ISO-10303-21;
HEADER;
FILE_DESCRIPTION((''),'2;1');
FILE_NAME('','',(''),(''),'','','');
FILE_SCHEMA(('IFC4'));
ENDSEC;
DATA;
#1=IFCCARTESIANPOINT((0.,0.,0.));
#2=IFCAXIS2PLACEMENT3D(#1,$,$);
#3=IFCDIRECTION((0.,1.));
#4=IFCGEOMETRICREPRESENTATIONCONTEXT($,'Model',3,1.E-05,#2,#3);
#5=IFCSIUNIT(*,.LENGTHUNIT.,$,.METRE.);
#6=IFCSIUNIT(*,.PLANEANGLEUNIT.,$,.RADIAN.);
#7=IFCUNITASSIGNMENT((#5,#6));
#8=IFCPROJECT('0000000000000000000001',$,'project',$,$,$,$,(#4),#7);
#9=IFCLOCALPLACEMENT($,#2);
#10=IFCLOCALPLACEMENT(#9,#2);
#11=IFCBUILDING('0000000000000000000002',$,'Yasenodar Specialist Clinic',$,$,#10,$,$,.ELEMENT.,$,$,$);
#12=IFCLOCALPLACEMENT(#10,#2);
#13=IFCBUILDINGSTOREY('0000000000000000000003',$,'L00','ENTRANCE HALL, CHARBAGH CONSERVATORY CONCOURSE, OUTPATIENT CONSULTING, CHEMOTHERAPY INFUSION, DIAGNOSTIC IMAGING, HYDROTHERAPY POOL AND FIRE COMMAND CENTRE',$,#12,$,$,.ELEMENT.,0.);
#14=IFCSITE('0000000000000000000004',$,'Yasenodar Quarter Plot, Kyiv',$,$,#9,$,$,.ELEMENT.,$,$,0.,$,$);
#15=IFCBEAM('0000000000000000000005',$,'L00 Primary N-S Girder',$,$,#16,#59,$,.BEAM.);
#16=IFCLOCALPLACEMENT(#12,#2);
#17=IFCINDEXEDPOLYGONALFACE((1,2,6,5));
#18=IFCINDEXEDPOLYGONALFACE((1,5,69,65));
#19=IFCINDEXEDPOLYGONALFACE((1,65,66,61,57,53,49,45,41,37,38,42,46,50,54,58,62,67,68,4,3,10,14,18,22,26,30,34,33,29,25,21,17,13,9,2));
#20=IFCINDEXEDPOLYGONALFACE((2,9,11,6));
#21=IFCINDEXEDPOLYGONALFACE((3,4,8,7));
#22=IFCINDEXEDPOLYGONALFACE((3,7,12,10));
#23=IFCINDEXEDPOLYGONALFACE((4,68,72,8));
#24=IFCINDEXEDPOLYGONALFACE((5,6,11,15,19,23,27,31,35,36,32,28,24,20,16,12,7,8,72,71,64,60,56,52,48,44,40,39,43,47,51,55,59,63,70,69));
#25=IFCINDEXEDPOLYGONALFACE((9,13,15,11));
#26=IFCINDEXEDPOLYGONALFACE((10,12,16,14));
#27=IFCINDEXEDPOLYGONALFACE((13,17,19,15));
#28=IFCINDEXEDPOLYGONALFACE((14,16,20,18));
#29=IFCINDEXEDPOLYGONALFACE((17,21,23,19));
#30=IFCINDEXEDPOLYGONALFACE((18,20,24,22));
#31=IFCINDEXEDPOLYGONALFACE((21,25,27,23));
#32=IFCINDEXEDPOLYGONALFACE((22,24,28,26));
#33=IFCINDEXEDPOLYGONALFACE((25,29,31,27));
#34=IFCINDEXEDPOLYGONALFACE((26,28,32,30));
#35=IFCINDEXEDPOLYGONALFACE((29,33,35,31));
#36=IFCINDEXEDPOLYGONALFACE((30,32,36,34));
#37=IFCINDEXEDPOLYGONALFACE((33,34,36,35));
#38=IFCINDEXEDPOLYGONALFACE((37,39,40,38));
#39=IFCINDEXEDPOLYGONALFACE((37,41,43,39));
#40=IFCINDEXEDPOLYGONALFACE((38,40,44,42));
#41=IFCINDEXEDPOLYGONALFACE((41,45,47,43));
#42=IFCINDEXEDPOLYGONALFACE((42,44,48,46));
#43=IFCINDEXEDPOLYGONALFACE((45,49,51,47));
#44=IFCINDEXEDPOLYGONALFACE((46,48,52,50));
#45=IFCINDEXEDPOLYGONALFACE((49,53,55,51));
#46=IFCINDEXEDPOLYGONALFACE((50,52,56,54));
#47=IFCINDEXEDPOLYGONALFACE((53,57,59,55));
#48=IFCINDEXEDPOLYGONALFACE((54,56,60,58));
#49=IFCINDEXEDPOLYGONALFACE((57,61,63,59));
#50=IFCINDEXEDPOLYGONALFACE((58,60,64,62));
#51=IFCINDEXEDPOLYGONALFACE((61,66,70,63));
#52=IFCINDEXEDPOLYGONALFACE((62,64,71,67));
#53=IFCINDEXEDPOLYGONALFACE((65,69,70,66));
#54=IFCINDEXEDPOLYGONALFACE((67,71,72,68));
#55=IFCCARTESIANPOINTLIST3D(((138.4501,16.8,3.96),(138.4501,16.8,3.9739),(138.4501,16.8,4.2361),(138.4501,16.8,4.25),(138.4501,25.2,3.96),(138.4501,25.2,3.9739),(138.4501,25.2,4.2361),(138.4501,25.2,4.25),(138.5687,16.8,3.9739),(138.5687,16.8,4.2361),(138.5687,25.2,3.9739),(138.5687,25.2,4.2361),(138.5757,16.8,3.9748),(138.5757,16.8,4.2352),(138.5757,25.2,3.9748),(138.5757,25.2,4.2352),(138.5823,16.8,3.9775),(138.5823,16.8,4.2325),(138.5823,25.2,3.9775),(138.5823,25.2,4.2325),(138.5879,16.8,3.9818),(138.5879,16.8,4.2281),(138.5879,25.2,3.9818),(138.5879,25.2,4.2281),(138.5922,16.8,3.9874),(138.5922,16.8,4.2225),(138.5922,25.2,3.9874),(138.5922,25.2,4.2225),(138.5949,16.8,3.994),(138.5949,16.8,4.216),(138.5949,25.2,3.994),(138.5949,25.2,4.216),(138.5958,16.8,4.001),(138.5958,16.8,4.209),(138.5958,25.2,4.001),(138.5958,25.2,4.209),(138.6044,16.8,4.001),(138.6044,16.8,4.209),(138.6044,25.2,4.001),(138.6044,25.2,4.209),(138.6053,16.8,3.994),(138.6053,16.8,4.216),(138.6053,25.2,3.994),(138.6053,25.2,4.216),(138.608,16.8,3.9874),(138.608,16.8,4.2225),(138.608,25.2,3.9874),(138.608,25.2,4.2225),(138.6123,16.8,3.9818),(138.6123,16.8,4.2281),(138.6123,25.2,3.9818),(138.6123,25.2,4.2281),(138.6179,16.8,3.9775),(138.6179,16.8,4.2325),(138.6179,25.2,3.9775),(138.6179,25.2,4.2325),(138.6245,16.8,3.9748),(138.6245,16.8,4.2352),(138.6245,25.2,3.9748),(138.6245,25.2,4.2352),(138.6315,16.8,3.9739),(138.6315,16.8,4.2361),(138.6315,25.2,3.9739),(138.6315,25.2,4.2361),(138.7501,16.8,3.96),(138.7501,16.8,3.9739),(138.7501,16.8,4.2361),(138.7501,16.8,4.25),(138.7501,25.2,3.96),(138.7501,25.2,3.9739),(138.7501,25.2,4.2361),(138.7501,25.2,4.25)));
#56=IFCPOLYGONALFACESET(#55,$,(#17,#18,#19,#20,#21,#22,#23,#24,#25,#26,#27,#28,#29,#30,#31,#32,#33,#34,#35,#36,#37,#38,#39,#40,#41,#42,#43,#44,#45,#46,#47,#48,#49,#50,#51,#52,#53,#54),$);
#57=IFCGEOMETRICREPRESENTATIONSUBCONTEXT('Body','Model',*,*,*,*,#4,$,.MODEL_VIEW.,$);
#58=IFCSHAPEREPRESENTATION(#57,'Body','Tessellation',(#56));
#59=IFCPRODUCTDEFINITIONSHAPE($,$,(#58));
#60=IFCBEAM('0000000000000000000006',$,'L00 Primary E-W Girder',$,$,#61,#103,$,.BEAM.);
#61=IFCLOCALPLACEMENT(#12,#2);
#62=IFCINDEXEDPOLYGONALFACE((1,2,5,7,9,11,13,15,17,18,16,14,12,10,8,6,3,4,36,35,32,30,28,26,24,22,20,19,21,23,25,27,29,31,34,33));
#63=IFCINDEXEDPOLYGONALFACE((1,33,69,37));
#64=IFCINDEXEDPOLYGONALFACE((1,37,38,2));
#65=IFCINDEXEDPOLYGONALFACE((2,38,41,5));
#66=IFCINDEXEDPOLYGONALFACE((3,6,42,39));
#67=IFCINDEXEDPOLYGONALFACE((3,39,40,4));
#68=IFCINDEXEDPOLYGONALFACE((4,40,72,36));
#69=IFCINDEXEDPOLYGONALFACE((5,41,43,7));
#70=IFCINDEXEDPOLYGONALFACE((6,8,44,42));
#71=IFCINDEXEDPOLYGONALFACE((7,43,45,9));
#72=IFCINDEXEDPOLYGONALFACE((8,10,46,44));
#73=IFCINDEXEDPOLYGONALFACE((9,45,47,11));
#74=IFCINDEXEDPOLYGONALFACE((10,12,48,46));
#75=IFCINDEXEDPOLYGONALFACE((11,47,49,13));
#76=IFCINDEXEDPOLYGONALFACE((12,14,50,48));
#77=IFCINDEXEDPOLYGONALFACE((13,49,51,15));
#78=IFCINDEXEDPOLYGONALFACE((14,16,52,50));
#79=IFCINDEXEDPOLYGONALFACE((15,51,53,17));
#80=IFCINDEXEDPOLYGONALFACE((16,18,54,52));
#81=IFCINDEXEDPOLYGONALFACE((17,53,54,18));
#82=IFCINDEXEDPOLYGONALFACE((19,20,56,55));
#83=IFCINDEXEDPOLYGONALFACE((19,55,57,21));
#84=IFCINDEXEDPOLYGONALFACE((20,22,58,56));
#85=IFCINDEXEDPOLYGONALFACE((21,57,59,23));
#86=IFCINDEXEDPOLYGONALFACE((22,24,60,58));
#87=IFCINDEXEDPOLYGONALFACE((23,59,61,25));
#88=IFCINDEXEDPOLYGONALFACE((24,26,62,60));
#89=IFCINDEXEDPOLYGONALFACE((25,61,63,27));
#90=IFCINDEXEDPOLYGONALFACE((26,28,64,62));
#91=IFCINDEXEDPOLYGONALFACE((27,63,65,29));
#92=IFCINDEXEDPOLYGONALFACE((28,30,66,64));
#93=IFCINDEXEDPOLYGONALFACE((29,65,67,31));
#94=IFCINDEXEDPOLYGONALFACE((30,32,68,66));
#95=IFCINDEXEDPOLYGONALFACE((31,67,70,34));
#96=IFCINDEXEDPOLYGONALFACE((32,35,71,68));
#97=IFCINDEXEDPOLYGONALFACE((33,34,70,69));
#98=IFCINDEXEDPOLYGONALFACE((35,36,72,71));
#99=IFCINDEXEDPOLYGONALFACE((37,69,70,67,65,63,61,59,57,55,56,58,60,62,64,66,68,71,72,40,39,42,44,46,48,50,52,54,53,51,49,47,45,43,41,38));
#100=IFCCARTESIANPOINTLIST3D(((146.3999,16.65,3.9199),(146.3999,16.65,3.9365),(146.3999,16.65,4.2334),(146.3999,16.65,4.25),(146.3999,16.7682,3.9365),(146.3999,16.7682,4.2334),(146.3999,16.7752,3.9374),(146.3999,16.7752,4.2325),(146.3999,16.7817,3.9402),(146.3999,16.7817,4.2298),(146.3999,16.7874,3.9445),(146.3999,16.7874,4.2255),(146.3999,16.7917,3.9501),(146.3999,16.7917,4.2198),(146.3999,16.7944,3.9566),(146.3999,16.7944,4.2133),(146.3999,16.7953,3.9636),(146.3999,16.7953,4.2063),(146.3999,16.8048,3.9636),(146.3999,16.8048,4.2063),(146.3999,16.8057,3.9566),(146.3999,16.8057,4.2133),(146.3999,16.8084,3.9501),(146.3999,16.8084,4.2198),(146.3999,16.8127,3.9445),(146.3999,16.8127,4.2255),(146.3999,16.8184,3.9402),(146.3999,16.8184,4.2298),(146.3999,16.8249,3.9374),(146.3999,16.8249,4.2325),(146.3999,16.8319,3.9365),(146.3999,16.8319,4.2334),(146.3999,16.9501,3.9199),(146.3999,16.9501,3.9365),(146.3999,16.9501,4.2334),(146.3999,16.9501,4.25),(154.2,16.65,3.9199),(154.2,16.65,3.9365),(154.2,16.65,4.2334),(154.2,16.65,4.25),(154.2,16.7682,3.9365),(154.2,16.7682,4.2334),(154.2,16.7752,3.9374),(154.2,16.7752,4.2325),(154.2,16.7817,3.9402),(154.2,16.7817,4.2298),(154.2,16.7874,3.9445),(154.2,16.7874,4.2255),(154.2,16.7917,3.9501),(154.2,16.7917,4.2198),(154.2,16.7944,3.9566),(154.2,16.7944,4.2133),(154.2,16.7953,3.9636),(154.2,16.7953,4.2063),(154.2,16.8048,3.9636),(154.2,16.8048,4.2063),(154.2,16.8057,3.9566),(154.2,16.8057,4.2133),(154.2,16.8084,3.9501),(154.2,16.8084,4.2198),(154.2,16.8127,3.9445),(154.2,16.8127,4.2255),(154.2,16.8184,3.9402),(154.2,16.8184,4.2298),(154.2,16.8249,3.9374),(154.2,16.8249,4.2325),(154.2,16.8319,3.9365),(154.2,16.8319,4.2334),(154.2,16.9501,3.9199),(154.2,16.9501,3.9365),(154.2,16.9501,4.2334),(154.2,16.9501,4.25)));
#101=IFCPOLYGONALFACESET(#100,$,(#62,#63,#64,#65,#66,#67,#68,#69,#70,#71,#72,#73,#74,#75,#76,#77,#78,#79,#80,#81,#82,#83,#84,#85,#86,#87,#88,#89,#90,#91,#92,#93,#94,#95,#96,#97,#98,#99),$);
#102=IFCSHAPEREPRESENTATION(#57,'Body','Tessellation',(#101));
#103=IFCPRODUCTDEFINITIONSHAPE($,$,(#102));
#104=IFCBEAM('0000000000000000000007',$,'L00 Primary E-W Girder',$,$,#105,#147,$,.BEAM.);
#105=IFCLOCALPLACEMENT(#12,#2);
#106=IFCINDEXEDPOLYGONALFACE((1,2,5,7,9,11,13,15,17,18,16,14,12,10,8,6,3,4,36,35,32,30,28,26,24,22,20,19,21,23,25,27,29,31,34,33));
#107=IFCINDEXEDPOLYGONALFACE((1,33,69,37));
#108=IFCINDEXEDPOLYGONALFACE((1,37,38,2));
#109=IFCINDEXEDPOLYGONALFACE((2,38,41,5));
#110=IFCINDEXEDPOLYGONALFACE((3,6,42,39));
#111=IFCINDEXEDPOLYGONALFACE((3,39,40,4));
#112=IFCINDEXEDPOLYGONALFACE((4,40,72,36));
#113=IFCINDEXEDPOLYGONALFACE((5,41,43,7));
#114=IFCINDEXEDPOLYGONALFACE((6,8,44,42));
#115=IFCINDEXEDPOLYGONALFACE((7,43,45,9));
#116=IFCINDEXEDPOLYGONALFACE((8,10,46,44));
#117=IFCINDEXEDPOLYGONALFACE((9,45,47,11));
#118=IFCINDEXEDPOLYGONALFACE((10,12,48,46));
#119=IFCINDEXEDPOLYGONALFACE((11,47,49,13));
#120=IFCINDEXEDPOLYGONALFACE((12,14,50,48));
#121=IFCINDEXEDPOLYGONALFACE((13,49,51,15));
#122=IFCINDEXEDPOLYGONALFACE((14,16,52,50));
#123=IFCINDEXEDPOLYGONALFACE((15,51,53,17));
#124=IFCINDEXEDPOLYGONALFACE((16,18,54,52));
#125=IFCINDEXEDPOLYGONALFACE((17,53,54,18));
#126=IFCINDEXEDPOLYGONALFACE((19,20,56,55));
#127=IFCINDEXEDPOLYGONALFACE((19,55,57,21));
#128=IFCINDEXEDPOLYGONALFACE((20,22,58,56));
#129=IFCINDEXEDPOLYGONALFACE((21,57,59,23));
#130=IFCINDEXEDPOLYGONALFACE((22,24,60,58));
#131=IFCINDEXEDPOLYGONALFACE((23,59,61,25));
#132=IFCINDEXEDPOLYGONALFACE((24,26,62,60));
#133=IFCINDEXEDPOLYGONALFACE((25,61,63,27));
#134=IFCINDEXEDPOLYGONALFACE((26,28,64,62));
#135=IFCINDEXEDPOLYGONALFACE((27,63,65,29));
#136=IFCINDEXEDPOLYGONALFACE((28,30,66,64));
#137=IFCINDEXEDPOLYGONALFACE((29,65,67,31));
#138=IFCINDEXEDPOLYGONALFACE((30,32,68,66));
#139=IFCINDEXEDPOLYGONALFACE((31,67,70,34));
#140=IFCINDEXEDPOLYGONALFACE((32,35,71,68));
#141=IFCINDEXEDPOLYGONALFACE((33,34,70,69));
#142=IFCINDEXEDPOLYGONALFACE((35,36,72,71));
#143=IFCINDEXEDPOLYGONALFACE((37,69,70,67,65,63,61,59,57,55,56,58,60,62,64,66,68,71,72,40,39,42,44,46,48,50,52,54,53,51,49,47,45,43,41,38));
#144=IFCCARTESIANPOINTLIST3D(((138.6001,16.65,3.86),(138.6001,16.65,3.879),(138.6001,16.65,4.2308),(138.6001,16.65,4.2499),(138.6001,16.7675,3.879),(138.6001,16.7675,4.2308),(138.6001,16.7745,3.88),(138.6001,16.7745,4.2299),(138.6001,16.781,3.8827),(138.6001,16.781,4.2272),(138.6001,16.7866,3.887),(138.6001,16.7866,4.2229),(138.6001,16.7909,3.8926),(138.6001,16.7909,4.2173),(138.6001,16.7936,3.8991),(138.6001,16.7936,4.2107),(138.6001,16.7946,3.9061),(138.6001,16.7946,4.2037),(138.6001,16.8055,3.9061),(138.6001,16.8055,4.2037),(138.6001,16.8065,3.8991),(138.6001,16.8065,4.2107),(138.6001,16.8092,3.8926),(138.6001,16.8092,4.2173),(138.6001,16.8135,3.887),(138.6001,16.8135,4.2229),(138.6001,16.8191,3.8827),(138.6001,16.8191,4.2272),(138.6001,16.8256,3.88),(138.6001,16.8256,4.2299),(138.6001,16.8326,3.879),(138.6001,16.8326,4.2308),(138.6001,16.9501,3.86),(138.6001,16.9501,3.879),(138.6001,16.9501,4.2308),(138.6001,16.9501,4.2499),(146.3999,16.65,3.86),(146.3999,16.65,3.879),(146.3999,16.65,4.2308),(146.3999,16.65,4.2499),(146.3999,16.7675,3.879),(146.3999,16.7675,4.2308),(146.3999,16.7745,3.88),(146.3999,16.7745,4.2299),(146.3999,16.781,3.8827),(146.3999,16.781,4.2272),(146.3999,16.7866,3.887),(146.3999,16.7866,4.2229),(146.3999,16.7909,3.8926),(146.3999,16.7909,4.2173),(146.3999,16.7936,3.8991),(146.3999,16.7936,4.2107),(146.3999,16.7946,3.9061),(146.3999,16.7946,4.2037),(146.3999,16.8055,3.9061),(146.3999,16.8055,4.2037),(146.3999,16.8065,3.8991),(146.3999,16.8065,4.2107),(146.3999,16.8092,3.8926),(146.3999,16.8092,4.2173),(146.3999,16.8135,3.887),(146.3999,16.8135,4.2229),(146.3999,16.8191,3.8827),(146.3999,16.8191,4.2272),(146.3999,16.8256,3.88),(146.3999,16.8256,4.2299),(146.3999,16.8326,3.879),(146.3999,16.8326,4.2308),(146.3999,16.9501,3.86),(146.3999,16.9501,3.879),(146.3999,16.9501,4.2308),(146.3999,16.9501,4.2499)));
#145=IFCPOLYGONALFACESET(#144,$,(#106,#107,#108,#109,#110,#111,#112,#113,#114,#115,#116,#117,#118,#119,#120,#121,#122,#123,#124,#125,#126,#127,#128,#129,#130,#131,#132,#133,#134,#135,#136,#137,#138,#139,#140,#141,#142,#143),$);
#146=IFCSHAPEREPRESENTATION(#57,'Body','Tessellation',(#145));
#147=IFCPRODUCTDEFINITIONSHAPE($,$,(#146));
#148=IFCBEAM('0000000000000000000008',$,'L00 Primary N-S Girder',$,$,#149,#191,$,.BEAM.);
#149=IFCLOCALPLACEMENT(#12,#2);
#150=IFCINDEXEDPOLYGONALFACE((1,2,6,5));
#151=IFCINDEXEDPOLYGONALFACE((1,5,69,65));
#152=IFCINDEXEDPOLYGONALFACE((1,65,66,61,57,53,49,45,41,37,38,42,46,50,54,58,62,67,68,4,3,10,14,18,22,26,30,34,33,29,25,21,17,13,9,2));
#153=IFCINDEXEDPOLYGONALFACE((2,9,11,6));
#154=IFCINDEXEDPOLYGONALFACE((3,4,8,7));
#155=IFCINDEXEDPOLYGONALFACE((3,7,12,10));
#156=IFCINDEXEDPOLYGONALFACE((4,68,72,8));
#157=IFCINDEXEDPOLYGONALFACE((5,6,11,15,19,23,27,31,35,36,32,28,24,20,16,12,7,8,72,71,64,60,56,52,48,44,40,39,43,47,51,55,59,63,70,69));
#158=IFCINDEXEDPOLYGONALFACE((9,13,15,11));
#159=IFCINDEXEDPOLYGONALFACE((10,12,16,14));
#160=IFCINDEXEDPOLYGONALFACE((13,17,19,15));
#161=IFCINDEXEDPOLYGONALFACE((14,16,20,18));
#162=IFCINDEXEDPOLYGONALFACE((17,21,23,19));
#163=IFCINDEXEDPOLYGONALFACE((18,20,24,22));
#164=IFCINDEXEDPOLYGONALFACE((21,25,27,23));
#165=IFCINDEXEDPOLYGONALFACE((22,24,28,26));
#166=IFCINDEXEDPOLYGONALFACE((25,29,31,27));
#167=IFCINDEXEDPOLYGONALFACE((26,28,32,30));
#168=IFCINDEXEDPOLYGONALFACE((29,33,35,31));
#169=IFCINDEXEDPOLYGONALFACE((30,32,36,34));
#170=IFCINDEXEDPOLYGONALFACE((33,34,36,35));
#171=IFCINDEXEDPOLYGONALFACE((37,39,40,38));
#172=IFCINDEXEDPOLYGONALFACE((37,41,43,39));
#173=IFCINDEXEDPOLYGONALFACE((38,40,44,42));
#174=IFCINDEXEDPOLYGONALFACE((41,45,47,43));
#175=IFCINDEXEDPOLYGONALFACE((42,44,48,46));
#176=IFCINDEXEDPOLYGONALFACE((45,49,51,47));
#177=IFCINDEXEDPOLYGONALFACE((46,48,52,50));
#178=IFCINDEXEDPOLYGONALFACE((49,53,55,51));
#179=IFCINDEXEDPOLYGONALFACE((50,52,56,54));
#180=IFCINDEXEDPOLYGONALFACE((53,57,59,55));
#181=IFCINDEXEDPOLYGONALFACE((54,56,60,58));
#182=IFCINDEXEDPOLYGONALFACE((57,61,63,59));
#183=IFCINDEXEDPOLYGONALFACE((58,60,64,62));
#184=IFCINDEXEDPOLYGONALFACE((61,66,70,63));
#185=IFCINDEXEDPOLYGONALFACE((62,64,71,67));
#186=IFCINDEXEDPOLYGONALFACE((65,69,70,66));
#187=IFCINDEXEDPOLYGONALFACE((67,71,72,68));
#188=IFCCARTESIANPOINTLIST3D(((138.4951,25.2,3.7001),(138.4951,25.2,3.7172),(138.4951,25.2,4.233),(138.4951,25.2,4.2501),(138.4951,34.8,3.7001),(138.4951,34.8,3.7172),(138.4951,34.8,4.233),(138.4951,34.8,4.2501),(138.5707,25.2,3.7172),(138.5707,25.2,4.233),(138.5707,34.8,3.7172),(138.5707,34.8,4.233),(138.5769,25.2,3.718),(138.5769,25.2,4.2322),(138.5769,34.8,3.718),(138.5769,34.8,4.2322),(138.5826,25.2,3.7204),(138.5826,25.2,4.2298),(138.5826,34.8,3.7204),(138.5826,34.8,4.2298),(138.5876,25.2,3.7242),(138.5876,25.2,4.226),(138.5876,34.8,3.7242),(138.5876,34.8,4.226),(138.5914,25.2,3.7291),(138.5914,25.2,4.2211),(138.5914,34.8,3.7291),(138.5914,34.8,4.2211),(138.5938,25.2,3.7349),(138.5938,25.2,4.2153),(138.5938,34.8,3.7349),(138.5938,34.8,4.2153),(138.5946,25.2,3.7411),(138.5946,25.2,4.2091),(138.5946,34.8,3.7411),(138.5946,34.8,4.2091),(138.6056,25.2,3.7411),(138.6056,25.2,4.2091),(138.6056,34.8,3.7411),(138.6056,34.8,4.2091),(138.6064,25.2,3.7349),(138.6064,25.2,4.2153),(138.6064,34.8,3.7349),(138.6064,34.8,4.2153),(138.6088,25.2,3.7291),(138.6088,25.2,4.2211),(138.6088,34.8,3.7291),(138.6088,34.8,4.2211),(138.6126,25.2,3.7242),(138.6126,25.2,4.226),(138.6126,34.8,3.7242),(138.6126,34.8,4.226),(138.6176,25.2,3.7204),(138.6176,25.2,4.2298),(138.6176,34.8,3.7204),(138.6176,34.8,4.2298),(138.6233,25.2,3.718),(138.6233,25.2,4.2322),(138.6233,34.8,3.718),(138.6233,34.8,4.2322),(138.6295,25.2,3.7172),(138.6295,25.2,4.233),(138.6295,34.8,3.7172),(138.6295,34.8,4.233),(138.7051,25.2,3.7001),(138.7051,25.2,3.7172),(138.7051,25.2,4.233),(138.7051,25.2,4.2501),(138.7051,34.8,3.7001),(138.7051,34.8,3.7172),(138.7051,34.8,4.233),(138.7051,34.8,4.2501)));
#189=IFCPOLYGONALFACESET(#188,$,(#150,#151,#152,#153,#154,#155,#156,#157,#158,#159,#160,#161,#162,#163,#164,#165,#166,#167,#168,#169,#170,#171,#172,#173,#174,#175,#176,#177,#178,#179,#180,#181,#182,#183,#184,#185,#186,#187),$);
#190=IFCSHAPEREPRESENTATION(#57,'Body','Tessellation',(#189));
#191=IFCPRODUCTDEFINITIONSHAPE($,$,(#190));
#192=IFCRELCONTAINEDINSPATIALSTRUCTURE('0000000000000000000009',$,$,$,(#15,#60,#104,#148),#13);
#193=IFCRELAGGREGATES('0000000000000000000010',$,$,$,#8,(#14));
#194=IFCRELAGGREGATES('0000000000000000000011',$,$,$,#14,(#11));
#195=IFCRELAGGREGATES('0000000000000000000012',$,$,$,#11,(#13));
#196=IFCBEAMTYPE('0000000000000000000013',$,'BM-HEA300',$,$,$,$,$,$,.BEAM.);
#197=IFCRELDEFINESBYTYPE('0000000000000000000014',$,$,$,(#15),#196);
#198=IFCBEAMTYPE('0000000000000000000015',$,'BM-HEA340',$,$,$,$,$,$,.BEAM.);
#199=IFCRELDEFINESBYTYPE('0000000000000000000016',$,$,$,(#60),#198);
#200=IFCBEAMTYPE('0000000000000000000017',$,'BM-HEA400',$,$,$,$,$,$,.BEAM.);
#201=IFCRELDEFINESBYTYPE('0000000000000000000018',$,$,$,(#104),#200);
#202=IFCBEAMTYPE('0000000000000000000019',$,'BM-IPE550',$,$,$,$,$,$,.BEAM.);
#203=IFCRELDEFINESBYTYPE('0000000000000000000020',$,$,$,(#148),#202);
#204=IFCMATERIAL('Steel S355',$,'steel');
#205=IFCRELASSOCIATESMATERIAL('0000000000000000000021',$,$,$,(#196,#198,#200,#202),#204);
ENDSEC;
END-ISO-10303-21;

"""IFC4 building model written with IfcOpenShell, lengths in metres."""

from ifc_helpers import new_model, si_unit, direction, frame, origin, origin_2d, place, context, subcontext, project, spatial, i_section, extrude, material, material_profile, profile_set, type_object, element, save


model = new_model("IFC4")

# Units and contexts
model_context = context("Model", 3, precision=1e-05, world=origin(), true_north=direction((0.0, 1.0)))
body_context = subcontext(model_context, "Body", "Model", "MODEL_VIEW")
ifc_project = project(units=[si_unit("LENGTHUNIT", "METRE"), si_unit("PLANEANGLEUNIT", "RADIAN")], contexts=[model_context])

# Site, building, storey
site_placement = place(None, origin())
site = spatial("IfcSite", under=ifc_project, at=site_placement, Name="Yasenodar Quarter Plot, Kyiv", CompositionType="ELEMENT", RefElevation=0.0)
building_placement = place(site_placement, origin())
building = spatial("IfcBuilding", under=site, at=building_placement, Name="Yasenodar Specialist Clinic", CompositionType="ELEMENT")
storey_placement = place(building_placement, origin())
storey = spatial("IfcBuildingStorey", under=building, at=storey_placement, Name="L00", Description="ENTRANCE HALL, CHARBAGH CONSERVATORY CONCOURSE, OUTPATIENT CONSULTING, CHEMOTHERAPY INFUSION, DIAGNOSTIC IMAGING, HYDROTHERAPY POOL AND FIRE COMMAND CENTRE", CompositionType="ELEMENT", Elevation=0.0)

# Shared definitions
ifc_material_1 = material(Name="Steel S355", Category="steel")

# Beams
ifc_material_profile_1 = material_profile(ifc_material_1, i_section(OverallWidth=0.3, OverallDepth=0.29, WebThickness=0.0085, FlangeThickness=0.0139, FilletRadius=0.0271, at=origin_2d()), Name="HEA 300")
ifc_profile_set_1 = profile_set([ifc_material_profile_1], Name="Steel S355")
beam_type_1 = type_object("IfcBeamType", Name="BM-HEA300", PredefinedType="BEAM", material=ifc_profile_set_1)
beam_1_placement = place(storey_placement, frame((138.6001, 16.8, 4.105), z_axis=(0.0, 1.0, 0.0), x_axis=(-1.0, 0.0, 0.0)))
element("IfcBeam", 1, at=beam_1_placement, inside=storey, type_object=beam_type_1, Name="L00 Primary N-S Girder", PredefinedType="BEAM", context=body_context, shape_type="SweptSolid", body=[
    extrude(i_section(OverallWidth=0.3, OverallDepth=0.29, WebThickness=0.0085, FlangeThickness=0.0139, FilletRadius=0.0271, at=origin_2d()), origin(), (0.0, 0.0, 1.0), 8.3999),
])
ifc_material_profile_2 = material_profile(ifc_material_1, i_section(OverallWidth=0.3, OverallDepth=0.3301, WebThickness=0.0095, FlangeThickness=0.0166, FilletRadius=0.0271, at=origin_2d()), Name="HEA 340")
ifc_profile_set_2 = profile_set([ifc_material_profile_2], Name="Steel S355")
beam_type_2 = type_object("IfcBeamType", Name="BM-HEA340", PredefinedType="BEAM", material=ifc_profile_set_2)
beam_2_placement = place(storey_placement, frame((146.3999, 16.8, 4.085), z_axis=(1.0, 0.0, 0.0), x_axis=(0.0, 1.0, 0.0)))
element("IfcBeam", 2, at=beam_2_placement, inside=storey, type_object=beam_type_2, Name="L00 Primary E-W Girder", PredefinedType="BEAM", context=body_context, shape_type="SweptSolid", body=[
    extrude(i_section(OverallWidth=0.3, OverallDepth=0.3301, WebThickness=0.0095, FlangeThickness=0.0166, FilletRadius=0.0271, at=origin_2d()), origin(), (0.0, 0.0, 1.0), 7.8),
])
ifc_material_profile_3 = material_profile(ifc_material_1, i_section(OverallWidth=0.3, OverallDepth=0.3899, WebThickness=0.011, FlangeThickness=0.019, FilletRadius=0.0271, at=origin_2d()), Name="HEA 400")
ifc_profile_set_3 = profile_set([ifc_material_profile_3], Name="Steel S355")
beam_type_3 = type_object("IfcBeamType", Name="BM-HEA400", PredefinedType="BEAM", material=ifc_profile_set_3)
beam_3_placement = place(storey_placement, frame((138.6001, 16.8, 4.0549), z_axis=(1.0, 0.0, 0.0), x_axis=(0.0, 1.0, 0.0)))
element("IfcBeam", 3, at=beam_3_placement, inside=storey, type_object=beam_type_3, Name="L00 Primary E-W Girder", PredefinedType="BEAM", context=body_context, shape_type="SweptSolid", body=[
    extrude(i_section(OverallWidth=0.3, OverallDepth=0.3899, WebThickness=0.011, FlangeThickness=0.019, FilletRadius=0.0271, at=origin_2d()), origin(), (0.0, 0.0, 1.0), 7.7998),
])
ifc_material_profile_4 = material_profile(ifc_material_1, i_section(OverallWidth=0.21, OverallDepth=0.55, WebThickness=0.011, FlangeThickness=0.0171, FilletRadius=0.0239, at=origin_2d()), Name="IPE 550")
ifc_profile_set_4 = profile_set([ifc_material_profile_4], Name="Steel S355")
beam_type_4 = type_object("IfcBeamType", Name="BM-IPE550", PredefinedType="BEAM", material=ifc_profile_set_4)
beam_4_placement = place(storey_placement, frame((138.6001, 25.2, 3.9751), z_axis=(0.0, 1.0, 0.0), x_axis=(-1.0, 0.0, 0.0)))
element("IfcBeam", 4, at=beam_4_placement, inside=storey, type_object=beam_type_4, Name="L00 Primary N-S Girder", PredefinedType="BEAM", context=body_context, shape_type="SweptSolid", body=[
    extrude(i_section(OverallWidth=0.21, OverallDepth=0.55, WebThickness=0.011, FlangeThickness=0.0171, FilletRadius=0.0239, at=origin_2d()), origin(), (0.0, 0.0, 1.0), 9.6001),
])

save(model, "model.ifc")
